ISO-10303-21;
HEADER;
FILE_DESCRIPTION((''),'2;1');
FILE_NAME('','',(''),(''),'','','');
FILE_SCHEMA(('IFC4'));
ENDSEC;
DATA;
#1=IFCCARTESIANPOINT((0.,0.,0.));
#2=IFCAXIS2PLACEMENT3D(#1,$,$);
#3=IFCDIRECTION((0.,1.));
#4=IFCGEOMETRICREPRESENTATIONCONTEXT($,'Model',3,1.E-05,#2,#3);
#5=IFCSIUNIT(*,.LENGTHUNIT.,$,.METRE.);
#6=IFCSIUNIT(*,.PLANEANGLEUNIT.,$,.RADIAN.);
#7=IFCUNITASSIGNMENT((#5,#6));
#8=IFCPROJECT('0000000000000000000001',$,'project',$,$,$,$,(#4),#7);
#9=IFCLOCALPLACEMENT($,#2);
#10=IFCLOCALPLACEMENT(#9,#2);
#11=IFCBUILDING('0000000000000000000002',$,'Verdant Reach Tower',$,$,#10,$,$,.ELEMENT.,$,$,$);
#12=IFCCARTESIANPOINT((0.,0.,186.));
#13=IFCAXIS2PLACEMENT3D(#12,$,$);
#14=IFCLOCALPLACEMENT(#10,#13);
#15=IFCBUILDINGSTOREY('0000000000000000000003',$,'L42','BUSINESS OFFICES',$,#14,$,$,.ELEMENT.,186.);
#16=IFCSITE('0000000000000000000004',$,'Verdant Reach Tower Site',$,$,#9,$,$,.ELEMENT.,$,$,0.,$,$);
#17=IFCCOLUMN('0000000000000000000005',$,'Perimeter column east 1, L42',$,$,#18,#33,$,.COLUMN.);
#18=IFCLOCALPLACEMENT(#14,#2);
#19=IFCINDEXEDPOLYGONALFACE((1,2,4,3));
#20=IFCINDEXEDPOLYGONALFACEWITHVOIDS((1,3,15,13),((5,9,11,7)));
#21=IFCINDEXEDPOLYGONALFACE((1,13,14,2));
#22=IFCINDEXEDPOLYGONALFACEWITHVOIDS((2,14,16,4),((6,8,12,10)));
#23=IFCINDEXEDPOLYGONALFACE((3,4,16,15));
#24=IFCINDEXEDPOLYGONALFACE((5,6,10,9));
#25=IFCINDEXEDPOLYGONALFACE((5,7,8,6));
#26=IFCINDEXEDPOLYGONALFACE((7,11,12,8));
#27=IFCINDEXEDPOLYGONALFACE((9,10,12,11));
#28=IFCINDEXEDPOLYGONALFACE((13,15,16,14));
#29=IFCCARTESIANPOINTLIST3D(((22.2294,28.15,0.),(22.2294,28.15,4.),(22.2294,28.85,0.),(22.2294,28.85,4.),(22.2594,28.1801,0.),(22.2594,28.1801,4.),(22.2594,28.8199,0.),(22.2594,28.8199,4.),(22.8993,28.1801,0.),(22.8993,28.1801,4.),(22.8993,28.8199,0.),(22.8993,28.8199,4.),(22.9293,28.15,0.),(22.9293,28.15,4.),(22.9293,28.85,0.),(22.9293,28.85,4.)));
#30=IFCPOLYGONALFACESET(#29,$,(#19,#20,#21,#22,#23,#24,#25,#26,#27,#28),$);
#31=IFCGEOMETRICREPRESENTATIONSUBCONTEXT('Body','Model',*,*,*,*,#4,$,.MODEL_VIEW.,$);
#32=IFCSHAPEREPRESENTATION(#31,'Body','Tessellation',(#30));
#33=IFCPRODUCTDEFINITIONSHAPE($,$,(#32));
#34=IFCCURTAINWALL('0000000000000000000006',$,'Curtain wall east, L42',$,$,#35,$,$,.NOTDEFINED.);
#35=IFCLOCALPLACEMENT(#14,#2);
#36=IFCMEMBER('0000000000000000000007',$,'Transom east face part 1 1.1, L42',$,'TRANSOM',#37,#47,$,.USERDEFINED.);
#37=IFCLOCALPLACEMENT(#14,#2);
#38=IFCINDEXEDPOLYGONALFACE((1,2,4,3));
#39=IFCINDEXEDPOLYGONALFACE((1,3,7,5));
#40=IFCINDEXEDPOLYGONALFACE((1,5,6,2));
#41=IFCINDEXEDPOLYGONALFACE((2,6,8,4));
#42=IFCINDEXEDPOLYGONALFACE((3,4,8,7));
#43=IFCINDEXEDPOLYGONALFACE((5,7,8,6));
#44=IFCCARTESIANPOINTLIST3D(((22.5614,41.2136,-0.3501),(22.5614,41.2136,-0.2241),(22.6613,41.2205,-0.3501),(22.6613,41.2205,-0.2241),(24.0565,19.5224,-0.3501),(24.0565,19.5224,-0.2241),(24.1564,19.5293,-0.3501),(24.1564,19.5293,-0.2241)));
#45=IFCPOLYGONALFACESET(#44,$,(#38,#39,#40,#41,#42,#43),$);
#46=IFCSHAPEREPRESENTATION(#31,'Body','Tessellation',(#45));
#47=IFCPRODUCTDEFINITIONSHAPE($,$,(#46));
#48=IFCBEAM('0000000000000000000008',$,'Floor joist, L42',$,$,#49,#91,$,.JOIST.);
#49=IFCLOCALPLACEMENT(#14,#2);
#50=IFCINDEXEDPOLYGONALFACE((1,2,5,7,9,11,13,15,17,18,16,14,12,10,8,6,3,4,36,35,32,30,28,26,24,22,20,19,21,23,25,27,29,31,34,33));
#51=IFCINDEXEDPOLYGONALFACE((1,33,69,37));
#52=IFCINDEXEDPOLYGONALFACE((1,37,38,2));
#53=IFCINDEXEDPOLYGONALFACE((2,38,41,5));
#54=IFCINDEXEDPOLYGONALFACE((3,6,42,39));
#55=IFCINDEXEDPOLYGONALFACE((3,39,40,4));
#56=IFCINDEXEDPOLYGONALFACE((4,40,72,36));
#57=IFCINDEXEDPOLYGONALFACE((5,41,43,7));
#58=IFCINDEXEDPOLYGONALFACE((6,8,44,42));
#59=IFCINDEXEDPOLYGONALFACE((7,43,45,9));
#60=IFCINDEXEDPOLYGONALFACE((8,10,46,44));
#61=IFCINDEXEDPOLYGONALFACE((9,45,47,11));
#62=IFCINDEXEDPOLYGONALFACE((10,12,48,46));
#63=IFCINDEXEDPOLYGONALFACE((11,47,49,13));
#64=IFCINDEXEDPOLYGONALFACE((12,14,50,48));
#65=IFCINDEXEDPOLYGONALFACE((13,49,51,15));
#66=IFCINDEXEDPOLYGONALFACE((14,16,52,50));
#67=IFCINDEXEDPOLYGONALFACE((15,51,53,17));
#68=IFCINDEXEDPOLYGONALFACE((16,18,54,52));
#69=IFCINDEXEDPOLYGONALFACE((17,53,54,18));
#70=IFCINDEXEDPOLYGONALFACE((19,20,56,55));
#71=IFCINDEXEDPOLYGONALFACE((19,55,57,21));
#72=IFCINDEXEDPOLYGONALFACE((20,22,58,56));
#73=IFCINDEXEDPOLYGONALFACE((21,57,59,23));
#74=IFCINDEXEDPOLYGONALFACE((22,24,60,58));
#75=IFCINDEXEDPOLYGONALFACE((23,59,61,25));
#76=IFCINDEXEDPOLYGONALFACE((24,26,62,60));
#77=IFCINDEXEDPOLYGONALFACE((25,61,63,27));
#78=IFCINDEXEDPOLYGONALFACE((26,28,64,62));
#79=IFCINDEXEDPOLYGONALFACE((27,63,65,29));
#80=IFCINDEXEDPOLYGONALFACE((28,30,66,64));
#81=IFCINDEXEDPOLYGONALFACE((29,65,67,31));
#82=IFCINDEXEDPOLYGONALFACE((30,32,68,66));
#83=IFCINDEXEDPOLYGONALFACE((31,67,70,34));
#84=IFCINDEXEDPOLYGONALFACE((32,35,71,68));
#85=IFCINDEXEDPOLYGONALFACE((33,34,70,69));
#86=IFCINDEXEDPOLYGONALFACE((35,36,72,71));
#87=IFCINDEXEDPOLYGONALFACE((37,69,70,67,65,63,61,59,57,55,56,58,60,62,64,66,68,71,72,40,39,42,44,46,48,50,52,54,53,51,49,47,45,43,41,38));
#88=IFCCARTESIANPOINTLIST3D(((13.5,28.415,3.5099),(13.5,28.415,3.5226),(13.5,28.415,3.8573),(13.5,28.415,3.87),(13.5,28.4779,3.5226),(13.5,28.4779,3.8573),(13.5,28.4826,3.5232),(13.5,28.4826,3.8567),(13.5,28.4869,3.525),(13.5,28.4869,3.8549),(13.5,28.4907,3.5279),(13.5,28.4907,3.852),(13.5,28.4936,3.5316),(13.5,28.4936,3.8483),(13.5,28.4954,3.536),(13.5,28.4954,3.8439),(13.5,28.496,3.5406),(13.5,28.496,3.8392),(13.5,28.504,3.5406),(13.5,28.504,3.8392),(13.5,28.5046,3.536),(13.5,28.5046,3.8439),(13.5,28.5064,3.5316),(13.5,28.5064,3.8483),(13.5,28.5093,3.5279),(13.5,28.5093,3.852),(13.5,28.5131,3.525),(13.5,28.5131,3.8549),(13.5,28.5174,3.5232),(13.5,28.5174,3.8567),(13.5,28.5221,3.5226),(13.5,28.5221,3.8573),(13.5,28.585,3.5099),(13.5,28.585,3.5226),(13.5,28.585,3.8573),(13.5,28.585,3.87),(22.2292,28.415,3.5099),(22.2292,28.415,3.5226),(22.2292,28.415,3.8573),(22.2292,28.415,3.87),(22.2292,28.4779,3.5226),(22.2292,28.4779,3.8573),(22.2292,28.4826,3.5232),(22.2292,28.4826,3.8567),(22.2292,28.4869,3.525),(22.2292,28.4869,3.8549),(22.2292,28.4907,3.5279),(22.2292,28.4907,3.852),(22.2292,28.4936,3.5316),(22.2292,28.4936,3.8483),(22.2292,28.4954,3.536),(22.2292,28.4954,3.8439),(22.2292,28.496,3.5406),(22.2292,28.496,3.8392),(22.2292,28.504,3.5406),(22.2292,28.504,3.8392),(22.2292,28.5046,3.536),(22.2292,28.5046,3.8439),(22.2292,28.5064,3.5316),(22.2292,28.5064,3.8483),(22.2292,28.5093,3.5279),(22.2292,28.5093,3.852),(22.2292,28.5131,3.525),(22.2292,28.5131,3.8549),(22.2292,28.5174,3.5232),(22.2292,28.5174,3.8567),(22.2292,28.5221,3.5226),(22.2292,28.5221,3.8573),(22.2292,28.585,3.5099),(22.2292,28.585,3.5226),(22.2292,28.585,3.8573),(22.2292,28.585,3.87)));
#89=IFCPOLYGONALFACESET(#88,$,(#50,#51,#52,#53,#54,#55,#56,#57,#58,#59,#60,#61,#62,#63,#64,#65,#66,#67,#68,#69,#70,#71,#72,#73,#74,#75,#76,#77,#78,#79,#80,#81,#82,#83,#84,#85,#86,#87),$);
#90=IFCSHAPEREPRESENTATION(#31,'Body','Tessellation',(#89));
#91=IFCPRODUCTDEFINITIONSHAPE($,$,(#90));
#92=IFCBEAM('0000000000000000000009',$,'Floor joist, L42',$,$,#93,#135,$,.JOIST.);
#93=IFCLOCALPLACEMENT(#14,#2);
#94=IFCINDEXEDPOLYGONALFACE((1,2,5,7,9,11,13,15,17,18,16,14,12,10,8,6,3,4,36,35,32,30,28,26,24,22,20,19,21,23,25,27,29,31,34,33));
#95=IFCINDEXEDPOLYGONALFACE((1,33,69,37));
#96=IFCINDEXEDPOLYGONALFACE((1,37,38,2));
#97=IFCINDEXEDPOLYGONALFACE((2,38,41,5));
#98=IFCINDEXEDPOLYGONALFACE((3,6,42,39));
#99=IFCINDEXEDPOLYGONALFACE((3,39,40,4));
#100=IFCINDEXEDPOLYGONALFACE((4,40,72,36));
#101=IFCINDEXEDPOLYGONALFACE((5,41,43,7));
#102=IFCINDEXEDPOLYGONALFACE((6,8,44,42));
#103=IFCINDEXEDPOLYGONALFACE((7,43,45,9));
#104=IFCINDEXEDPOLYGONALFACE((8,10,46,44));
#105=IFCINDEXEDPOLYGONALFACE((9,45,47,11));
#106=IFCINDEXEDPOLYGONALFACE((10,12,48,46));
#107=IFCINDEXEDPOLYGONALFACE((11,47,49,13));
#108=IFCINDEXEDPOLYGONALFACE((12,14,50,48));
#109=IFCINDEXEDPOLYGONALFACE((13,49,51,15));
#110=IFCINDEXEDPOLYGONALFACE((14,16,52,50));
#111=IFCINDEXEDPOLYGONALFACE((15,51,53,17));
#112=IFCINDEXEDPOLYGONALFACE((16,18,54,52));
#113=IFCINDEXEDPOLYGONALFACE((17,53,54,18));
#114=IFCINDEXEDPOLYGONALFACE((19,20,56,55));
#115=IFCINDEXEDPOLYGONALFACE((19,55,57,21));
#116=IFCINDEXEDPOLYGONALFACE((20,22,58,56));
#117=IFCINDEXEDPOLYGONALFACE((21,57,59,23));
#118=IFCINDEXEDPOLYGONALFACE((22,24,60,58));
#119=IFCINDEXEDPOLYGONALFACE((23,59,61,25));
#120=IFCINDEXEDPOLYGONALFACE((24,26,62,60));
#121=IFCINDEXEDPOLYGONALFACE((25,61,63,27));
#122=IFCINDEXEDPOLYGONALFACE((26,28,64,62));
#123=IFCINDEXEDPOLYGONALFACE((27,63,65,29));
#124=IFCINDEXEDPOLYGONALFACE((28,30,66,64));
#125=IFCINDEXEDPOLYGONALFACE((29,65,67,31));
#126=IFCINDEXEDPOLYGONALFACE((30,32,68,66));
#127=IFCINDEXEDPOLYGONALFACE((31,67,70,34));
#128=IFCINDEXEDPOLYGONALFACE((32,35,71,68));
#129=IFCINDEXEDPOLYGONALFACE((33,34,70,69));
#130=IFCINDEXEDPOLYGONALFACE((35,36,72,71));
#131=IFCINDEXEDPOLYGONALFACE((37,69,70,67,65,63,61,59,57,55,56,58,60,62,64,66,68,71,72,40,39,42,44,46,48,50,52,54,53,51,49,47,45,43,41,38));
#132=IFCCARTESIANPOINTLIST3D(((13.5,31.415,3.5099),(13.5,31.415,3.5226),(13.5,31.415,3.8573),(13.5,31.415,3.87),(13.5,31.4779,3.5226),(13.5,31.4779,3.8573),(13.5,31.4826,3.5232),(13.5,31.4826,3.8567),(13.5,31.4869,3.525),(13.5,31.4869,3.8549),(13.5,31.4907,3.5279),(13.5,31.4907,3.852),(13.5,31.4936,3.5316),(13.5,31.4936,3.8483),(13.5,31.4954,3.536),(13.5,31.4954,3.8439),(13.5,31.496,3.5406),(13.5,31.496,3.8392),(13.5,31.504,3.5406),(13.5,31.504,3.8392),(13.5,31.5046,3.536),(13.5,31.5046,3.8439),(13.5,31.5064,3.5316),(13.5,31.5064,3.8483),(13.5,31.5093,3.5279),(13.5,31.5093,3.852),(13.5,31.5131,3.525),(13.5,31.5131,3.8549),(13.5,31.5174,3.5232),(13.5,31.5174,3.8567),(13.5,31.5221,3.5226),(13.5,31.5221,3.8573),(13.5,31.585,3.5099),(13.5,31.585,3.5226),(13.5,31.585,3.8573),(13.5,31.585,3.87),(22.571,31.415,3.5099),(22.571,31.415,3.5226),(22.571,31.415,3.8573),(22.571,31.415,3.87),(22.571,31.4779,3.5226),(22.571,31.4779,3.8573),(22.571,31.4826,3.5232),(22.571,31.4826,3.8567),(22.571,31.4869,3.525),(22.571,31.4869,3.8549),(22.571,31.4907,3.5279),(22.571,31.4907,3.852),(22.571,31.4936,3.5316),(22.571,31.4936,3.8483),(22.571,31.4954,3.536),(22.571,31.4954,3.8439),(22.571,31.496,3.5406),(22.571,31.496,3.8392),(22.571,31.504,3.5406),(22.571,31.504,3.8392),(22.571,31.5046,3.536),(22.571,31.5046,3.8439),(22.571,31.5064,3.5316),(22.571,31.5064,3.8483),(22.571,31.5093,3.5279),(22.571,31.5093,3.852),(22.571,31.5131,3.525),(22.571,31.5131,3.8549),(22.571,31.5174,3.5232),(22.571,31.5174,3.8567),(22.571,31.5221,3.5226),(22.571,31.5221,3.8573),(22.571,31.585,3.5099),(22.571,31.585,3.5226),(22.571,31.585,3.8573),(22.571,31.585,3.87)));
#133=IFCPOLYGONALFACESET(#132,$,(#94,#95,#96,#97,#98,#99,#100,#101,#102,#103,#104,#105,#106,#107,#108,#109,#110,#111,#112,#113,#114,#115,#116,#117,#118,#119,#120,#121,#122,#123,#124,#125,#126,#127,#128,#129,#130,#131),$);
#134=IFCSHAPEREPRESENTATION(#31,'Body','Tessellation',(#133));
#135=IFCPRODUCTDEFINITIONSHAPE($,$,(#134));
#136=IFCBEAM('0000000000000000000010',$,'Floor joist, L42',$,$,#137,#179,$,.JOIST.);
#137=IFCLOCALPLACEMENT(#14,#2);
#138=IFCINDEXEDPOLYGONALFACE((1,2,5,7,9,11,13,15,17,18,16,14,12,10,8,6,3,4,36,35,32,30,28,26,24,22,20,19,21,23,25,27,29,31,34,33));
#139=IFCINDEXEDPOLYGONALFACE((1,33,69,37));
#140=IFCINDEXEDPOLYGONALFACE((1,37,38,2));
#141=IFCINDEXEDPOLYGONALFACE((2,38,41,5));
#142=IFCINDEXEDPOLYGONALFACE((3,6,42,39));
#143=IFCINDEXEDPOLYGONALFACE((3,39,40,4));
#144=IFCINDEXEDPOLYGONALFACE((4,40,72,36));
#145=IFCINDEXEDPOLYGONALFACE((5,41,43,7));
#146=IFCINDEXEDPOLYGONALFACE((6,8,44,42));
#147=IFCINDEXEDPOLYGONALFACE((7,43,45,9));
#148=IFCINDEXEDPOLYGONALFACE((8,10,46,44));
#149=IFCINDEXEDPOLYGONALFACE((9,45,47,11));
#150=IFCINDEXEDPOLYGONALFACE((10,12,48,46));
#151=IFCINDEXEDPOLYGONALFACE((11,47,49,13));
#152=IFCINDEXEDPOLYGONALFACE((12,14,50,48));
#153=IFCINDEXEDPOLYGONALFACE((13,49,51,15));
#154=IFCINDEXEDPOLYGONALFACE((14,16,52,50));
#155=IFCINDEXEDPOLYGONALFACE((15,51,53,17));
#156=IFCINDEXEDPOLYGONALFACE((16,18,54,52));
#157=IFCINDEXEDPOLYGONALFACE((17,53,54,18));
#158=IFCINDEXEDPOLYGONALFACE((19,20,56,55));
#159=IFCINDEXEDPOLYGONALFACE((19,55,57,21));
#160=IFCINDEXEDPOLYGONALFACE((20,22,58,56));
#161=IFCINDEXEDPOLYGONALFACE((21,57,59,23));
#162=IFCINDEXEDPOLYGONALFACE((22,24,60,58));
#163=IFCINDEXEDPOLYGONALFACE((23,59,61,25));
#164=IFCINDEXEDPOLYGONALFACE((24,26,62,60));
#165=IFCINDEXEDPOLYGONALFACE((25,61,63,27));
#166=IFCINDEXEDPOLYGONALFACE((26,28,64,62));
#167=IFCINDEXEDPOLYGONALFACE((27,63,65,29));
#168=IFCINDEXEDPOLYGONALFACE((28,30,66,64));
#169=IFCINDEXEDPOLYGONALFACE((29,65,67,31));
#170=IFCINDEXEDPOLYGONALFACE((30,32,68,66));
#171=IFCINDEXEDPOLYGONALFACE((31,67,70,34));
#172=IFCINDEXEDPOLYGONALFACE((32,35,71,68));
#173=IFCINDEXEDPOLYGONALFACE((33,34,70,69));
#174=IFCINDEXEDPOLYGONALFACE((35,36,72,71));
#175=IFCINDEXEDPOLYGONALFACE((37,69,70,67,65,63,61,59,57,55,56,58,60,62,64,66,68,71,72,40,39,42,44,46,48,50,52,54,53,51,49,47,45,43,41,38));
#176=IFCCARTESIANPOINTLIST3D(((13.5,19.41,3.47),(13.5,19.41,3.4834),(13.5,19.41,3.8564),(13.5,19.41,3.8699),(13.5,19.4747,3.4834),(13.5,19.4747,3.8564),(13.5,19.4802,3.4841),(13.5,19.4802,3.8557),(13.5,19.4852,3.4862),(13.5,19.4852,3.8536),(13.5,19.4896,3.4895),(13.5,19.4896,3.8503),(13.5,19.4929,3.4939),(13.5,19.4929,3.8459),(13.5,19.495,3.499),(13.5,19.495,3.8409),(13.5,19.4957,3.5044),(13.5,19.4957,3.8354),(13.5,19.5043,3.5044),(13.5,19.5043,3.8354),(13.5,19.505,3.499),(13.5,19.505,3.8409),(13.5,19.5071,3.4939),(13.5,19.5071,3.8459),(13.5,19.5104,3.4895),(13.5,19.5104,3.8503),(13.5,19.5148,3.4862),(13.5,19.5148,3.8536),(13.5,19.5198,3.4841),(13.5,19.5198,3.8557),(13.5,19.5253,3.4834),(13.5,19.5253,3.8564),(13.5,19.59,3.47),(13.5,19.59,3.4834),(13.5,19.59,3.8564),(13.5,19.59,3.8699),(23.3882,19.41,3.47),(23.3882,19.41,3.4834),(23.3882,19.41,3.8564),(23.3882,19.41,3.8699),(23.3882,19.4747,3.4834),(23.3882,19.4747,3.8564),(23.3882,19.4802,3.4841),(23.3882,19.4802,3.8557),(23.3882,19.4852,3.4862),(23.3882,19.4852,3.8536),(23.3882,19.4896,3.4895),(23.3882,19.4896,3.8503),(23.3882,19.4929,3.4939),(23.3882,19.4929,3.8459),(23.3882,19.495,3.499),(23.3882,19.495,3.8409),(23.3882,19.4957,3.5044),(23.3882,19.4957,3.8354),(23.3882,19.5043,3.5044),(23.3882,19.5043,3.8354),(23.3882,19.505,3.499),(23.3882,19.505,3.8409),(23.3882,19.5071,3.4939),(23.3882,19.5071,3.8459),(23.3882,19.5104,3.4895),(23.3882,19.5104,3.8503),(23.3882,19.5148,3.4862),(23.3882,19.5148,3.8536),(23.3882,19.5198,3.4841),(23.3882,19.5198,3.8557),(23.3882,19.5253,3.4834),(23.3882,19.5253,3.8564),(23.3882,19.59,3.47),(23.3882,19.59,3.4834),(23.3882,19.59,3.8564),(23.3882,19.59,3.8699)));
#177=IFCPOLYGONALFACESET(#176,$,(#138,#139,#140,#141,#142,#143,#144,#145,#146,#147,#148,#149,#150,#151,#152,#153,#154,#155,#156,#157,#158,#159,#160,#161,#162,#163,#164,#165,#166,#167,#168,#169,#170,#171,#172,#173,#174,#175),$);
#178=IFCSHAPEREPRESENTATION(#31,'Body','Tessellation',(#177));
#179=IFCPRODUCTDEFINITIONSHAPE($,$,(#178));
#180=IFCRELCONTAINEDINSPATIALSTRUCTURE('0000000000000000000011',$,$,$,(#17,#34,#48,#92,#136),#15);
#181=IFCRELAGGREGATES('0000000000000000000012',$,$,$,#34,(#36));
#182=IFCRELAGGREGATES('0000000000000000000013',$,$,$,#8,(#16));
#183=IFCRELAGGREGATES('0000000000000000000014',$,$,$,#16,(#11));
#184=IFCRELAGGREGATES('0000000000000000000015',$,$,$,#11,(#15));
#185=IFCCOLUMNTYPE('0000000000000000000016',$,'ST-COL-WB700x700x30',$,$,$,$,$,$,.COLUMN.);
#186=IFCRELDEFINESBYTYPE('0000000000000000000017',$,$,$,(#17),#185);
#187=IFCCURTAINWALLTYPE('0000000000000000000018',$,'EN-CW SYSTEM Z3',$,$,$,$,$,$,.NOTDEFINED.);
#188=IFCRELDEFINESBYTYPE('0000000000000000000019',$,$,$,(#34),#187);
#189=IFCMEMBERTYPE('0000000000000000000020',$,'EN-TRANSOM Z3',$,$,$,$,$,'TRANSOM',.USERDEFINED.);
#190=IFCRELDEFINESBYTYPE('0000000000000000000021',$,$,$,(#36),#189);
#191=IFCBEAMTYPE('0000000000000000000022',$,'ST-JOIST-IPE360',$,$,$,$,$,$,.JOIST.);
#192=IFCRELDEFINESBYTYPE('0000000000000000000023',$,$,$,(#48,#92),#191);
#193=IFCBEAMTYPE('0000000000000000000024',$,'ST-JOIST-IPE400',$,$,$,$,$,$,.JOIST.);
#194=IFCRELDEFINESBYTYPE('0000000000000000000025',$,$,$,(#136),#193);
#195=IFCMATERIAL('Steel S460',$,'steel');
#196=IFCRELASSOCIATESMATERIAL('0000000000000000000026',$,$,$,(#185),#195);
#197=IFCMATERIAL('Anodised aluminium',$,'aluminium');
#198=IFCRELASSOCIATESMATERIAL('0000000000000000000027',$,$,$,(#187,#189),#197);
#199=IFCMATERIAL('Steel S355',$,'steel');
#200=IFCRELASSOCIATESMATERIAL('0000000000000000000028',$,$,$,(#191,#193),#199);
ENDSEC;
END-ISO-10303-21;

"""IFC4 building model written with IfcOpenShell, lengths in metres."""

from ifc_helpers import new_model, si_unit, direction, frame, origin, origin_2d, place, context, subcontext, project, spatial, rectangle, hollow_rectangle, i_section, extrude, material, material_profile, profile_set, type_object, element, aggregate, save


model = new_model("IFC4")

# Units and contexts
model_context = context("Model", 3, precision=1e-05, world=origin(), true_north=direction((0.0, 1.0)))
body_context = subcontext(model_context, "Body", "Model", "MODEL_VIEW")
ifc_project = project(units=[si_unit("LENGTHUNIT", "METRE"), si_unit("PLANEANGLEUNIT", "RADIAN")], contexts=[model_context])

# Site, building, storey
site_placement = place(None, origin())
site = spatial("IfcSite", under=ifc_project, at=site_placement, Name="Verdant Reach Tower Site", CompositionType="ELEMENT", RefElevation=0.0)
building_placement = place(site_placement, origin())
building = spatial("IfcBuilding", under=site, at=building_placement, Name="Verdant Reach Tower", CompositionType="ELEMENT")
storey_placement = place(building_placement, frame((0.0, 0.0, 186.0)))
storey = spatial("IfcBuildingStorey", under=building, at=storey_placement, Name="L42", Description="BUSINESS OFFICES", CompositionType="ELEMENT", Elevation=186.0)

# Column
ifc_material_1 = material(Name="Steel S460", Category="steel")
ifc_material_profile_1 = material_profile(ifc_material_1, hollow_rectangle(XDim=0.7, YDim=0.7, WallThickness=0.03, at=origin_2d()), Name="WB 700x700x30")
ifc_profile_set_1 = profile_set([ifc_material_profile_1], Name="Steel S460")
column_type = type_object("IfcColumnType", Name="ST-COL-WB700x700x30", PredefinedType="COLUMN", material=ifc_profile_set_1)
column_placement = place(storey_placement, frame((22.5793, 28.5, 0.0), z_axis=(0.0, 0.0, 1.0), x_axis=(1.0, 0.0, 0.0)))
element("IfcColumn", 1, at=column_placement, inside=storey, type_object=column_type, Name="Perimeter column east 1, L42", PredefinedType="COLUMN", context=body_context, shape_type="SweptSolid", body=[
    extrude(hollow_rectangle(XDim=0.7, YDim=0.7, WallThickness=0.03, at=origin_2d()), origin(), (0.0, 0.0, 1.0), 4.0),
])

# Curtain wall, member
ifc_material_2 = material(Name="Anodised aluminium", Category="aluminium")
curtain_wall_type = type_object("IfcCurtainWallType", Name="EN-CW SYSTEM Z3", PredefinedType="NOTDEFINED", material=ifc_material_2)
curtain_wall_placement = place(storey_placement, origin())
curtain_wall = element("IfcCurtainWall", 2, at=curtain_wall_placement, inside=storey, type_object=curtain_wall_type, Name="Curtain wall east, L42", PredefinedType="NOTDEFINED")
ifc_material_profile_2 = material_profile(ifc_material_2, rectangle(XDim=0.1001, YDim=0.126, at=origin_2d()), Name="Transom 126x100")
ifc_profile_set_2 = profile_set([ifc_material_profile_2], Name="Anodised aluminium")
member_type = type_object("IfcMemberType", Name="EN-TRANSOM Z3", ElementType="TRANSOM", PredefinedType="USERDEFINED", material=ifc_profile_set_2)
member_placement = place(storey_placement, frame((24.1064, 19.5259, -0.2871), z_axis=(-0.068764, 0.997633, 0.0), x_axis=(-0.997633, -0.068764, 0.0)))
member = element("IfcMember", 3, at=member_placement, type_object=member_type, Name="Transom east face part 1 1.1, L42", ObjectType="TRANSOM", PredefinedType="USERDEFINED", context=body_context, shape_type="SweptSolid", body=[
    extrude(rectangle(XDim=0.1001, YDim=0.126, at=origin_2d()), origin(), (0.0, 0.0, 1.0), 21.7427),
])

# Beams
ifc_material_3 = material(Name="Steel S355", Category="steel")
ifc_material_profile_3 = material_profile(ifc_material_3, i_section(OverallWidth=0.1699, OverallDepth=0.3601, WebThickness=0.0081, FlangeThickness=0.0127, FilletRadius=0.0181, at=origin_2d()), Name="IPE 360")
ifc_profile_set_3 = profile_set([ifc_material_profile_3], Name="Steel S355")
beam_type_1 = type_object("IfcBeamType", Name="ST-JOIST-IPE360", PredefinedType="JOIST", material=ifc_profile_set_3)
beam_1_placement = place(storey_placement, frame((13.5, 28.5, 3.6899), z_axis=(1.0, 0.0, 0.0), x_axis=(0.0, 1.0, 0.0)))
element("IfcBeam", 4, at=beam_1_placement, inside=storey, type_object=beam_type_1, Name="Floor joist, L42", PredefinedType="JOIST", context=body_context, shape_type="SweptSolid", body=[
    extrude(i_section(OverallWidth=0.1699, OverallDepth=0.3601, WebThickness=0.0081, FlangeThickness=0.0127, FilletRadius=0.0181, at=origin_2d()), origin(), (0.0, 0.0, 1.0), 8.7292),
])
beam_2_placement = place(storey_placement, frame((13.5, 31.5, 3.6899), z_axis=(1.0, 0.0, 0.0), x_axis=(0.0, 1.0, 0.0)))
element("IfcBeam", 5, at=beam_2_placement, inside=storey, type_object=beam_type_1, Name="Floor joist, L42", PredefinedType="JOIST", context=body_context, shape_type="SweptSolid", body=[
    extrude(i_section(OverallWidth=0.1699, OverallDepth=0.3601, WebThickness=0.0081, FlangeThickness=0.0127, FilletRadius=0.0181, at=origin_2d()), origin(), (0.0, 0.0, 1.0), 9.071),
])
ifc_material_profile_4 = material_profile(ifc_material_3, i_section(OverallWidth=0.1799, OverallDepth=0.3999, WebThickness=0.0085, FlangeThickness=0.0134, FilletRadius=0.021, at=origin_2d()), Name="IPE 400")
ifc_profile_set_4 = profile_set([ifc_material_profile_4], Name="Steel S355")
beam_type_2 = type_object("IfcBeamType", Name="ST-JOIST-IPE400", PredefinedType="JOIST", material=ifc_profile_set_4)
beam_3_placement = place(storey_placement, frame((13.5, 19.5, 3.6699), z_axis=(1.0, 0.0, 0.0), x_axis=(0.0, 1.0, 0.0)))
element("IfcBeam", 6, at=beam_3_placement, inside=storey, type_object=beam_type_2, Name="Floor joist, L42", PredefinedType="JOIST", context=body_context, shape_type="SweptSolid", body=[
    extrude(i_section(OverallWidth=0.1799, OverallDepth=0.3999, WebThickness=0.0085, FlangeThickness=0.0134, FilletRadius=0.021, at=origin_2d()), origin(), (0.0, 0.0, 1.0), 9.8882),
])

aggregate(curtain_wall, [member])

save(model, "model.ifc")
